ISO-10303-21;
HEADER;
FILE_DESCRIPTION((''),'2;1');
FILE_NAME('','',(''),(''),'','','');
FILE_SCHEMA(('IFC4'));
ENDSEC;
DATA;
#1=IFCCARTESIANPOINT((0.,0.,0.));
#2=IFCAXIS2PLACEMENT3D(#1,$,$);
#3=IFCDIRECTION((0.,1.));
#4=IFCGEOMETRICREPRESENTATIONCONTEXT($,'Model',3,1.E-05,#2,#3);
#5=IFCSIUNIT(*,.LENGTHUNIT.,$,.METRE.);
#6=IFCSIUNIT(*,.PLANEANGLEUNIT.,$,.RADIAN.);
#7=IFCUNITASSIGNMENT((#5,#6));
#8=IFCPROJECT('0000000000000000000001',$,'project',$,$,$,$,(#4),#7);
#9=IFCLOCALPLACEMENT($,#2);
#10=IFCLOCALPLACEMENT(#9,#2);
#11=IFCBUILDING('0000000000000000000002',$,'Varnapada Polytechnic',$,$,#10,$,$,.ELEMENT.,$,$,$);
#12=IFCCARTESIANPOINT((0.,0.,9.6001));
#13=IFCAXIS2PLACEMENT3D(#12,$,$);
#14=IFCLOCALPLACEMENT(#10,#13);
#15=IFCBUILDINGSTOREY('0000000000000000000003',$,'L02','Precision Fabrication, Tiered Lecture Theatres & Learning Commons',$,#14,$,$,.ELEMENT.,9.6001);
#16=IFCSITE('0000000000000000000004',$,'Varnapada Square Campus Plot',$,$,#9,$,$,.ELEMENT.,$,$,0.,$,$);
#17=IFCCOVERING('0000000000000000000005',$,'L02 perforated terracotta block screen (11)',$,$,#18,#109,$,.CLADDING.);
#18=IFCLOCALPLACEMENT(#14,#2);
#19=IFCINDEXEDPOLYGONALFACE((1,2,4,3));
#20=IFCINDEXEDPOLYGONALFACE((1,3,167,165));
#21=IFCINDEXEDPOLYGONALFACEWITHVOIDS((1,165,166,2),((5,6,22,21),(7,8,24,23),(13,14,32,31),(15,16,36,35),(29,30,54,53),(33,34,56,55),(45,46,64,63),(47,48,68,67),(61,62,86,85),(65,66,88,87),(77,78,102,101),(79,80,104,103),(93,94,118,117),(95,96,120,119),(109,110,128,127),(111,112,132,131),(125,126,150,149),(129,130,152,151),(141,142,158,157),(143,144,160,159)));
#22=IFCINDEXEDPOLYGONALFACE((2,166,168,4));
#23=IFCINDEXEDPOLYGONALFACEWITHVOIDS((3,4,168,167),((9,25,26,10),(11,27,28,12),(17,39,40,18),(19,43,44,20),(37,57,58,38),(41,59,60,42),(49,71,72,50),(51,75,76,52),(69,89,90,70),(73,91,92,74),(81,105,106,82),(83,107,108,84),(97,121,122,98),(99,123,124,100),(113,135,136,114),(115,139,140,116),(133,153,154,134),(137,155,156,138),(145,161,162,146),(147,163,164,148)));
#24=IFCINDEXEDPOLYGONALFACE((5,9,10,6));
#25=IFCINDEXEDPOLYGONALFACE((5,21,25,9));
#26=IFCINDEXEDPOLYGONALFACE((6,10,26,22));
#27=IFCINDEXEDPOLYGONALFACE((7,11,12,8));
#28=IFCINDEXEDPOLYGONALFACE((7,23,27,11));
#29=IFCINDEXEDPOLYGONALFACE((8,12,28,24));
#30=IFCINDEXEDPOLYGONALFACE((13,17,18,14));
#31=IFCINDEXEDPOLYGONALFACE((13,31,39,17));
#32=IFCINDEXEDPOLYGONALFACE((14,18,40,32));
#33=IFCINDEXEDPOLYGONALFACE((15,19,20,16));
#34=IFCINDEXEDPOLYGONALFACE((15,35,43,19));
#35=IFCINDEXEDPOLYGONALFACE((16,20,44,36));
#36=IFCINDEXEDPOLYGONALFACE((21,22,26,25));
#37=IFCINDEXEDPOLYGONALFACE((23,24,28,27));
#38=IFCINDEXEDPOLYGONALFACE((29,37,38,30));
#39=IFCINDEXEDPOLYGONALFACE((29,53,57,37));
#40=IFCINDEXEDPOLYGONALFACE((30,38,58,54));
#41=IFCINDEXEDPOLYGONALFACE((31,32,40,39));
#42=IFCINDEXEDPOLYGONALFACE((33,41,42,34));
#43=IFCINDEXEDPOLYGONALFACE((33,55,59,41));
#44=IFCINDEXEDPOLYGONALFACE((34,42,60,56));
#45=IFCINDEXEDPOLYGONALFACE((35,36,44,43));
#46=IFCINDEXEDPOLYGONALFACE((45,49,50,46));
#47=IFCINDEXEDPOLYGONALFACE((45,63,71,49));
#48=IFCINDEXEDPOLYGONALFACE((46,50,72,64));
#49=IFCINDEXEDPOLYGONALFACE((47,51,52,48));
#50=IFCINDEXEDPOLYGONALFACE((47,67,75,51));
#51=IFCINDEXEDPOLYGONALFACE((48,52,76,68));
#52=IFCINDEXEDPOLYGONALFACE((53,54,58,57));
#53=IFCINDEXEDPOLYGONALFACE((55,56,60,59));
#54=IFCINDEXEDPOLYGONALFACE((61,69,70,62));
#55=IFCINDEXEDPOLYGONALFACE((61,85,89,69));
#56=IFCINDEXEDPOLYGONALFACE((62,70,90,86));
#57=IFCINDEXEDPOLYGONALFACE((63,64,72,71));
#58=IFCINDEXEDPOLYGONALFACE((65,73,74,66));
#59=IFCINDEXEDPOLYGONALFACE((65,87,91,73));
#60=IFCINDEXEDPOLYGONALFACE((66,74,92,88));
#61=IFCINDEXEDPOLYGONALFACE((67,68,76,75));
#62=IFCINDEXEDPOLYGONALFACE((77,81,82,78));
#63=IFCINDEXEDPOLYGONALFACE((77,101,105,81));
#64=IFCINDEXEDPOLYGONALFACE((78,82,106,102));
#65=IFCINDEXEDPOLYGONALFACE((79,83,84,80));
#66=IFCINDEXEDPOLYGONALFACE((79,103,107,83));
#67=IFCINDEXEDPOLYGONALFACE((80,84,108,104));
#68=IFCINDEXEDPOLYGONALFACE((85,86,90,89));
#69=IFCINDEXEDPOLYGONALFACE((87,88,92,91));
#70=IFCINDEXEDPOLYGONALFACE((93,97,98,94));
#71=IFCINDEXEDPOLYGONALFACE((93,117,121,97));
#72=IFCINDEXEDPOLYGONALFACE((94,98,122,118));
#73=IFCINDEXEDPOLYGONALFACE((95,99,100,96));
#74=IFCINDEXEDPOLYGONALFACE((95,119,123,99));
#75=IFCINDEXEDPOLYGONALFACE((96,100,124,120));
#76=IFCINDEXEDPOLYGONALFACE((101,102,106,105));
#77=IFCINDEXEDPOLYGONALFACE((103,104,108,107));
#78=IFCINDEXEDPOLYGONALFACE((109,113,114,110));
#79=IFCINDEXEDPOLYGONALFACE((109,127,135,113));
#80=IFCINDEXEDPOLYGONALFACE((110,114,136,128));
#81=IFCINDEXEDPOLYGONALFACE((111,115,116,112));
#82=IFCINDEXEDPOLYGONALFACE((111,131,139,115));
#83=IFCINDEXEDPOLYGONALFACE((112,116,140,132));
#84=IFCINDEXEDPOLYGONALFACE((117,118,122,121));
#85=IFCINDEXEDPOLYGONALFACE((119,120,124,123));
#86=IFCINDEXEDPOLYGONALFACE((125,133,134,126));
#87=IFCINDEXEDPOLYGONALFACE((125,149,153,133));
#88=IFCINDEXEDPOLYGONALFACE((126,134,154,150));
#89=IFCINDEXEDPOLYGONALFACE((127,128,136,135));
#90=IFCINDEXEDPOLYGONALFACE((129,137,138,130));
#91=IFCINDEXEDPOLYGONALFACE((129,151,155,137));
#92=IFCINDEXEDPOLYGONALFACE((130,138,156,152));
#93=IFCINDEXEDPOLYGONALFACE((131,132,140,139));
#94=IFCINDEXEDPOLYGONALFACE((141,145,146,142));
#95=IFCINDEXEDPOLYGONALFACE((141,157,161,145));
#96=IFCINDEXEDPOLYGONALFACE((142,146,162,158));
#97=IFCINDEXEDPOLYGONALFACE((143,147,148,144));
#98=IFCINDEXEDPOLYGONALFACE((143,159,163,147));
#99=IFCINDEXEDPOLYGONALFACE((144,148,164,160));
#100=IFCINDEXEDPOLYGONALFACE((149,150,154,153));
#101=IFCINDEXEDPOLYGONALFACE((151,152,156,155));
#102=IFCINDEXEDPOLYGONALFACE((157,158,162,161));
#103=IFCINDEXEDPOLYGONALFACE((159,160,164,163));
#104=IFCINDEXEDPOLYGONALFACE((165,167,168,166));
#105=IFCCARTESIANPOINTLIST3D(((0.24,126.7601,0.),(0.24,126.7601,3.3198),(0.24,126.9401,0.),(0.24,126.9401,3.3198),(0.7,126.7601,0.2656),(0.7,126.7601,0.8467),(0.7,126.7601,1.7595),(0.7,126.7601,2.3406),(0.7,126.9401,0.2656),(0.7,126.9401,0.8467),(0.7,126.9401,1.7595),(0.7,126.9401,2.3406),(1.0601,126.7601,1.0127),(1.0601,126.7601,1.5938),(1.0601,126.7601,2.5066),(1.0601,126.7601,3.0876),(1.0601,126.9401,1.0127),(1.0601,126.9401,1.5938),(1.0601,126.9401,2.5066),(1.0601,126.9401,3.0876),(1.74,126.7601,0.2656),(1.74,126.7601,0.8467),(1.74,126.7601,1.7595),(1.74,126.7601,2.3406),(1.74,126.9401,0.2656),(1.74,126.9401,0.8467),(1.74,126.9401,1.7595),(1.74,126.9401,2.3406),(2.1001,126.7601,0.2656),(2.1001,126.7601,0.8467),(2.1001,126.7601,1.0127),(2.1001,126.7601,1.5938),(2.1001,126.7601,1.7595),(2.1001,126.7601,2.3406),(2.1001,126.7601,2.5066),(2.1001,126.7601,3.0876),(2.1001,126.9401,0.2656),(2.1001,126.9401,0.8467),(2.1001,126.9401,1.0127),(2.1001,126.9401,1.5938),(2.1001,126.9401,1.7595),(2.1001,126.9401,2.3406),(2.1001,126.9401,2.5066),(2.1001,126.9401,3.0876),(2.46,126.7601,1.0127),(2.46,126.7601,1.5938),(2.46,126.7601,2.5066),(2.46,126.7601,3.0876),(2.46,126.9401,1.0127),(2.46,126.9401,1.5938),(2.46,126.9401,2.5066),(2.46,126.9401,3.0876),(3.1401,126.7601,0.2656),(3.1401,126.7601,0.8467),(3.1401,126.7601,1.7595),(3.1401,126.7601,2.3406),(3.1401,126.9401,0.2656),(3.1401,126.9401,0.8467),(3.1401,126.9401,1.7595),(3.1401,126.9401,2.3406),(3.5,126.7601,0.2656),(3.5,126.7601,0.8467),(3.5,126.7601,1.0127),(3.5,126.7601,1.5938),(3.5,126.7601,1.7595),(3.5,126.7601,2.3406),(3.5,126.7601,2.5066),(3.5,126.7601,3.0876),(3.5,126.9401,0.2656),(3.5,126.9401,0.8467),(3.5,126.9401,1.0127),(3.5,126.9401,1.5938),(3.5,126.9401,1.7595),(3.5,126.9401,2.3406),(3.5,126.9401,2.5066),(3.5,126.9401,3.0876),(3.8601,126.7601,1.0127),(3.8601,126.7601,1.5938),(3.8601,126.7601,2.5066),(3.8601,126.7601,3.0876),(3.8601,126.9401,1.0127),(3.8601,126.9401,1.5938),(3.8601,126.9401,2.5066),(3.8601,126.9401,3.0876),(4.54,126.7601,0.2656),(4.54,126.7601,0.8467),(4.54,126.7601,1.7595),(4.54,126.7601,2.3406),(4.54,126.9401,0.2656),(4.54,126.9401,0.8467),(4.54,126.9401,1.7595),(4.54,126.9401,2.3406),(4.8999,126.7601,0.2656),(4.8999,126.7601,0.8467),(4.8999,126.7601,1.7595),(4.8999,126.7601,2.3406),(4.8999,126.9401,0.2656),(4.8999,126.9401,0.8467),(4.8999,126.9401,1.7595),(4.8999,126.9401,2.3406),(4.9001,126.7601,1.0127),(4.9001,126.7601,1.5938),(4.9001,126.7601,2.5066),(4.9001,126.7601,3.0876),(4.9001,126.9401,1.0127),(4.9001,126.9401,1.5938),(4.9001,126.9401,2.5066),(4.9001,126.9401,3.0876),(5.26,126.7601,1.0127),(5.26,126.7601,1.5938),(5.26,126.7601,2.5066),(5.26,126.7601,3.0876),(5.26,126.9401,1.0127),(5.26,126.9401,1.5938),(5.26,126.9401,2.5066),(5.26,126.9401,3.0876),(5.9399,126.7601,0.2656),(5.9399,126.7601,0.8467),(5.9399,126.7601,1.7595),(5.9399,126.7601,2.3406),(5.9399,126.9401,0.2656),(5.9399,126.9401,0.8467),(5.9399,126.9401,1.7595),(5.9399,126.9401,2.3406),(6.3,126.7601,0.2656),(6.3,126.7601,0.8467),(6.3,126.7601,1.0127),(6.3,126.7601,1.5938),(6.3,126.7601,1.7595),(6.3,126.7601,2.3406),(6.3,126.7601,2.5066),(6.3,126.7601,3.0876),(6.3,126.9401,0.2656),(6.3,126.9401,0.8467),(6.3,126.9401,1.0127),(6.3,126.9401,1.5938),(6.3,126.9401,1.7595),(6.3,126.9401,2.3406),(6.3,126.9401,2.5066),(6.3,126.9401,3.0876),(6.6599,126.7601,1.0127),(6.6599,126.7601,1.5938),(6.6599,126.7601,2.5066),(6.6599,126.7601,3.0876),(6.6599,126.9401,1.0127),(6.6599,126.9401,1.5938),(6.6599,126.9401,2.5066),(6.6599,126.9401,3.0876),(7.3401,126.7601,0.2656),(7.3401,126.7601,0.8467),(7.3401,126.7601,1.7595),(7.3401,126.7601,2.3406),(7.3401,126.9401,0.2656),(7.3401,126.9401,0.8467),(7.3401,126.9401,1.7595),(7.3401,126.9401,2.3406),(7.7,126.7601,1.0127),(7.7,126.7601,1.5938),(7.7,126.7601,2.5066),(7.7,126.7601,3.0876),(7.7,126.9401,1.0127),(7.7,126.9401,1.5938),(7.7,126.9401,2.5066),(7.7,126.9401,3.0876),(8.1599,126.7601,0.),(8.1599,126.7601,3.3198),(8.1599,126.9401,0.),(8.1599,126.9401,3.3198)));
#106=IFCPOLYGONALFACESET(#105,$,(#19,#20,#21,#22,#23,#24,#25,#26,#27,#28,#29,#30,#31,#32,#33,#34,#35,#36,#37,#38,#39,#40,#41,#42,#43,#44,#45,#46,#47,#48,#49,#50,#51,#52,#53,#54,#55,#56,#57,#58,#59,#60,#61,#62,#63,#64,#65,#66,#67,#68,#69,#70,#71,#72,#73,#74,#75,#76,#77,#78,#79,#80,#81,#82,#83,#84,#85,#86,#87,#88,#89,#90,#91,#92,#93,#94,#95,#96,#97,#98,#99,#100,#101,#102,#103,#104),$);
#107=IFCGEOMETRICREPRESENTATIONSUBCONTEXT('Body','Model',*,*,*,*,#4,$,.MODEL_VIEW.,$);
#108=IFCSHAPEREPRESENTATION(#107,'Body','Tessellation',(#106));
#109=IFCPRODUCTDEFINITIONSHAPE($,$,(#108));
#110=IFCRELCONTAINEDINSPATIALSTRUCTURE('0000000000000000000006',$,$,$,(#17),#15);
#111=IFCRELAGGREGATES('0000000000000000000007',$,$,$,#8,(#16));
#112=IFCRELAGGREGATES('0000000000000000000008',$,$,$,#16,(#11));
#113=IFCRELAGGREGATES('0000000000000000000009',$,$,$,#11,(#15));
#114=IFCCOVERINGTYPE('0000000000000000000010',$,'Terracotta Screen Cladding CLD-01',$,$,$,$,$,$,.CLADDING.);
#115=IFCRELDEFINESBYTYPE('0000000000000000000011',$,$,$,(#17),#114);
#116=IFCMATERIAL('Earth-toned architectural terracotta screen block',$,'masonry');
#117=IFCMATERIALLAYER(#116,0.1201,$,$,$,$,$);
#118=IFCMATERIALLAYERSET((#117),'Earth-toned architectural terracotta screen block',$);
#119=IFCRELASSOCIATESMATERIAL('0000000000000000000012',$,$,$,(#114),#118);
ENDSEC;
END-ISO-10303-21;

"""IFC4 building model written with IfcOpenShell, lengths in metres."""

from ifc_helpers import new_model, si_unit, direction, frame, frame_2d, origin, place, context, subcontext, project, spatial, rectangle, extrude, material, layer, layer_set, type_object, element, save


model = new_model("IFC4")

# Units and contexts
model_context = context("Model", 3, precision=1e-05, world=origin(), true_north=direction((0.0, 1.0)))
body_context = subcontext(model_context, "Body", "Model", "MODEL_VIEW")
ifc_project = project(units=[si_unit("LENGTHUNIT", "METRE"), si_unit("PLANEANGLEUNIT", "RADIAN")], contexts=[model_context])

# Site, building, storey
site_placement = place(None, origin())
site = spatial("IfcSite", under=ifc_project, at=site_placement, Name="Varnapada Square Campus Plot", CompositionType="ELEMENT", RefElevation=0.0)
building_placement = place(site_placement, origin())
building = spatial("IfcBuilding", under=site, at=building_placement, Name="Varnapada Polytechnic", CompositionType="ELEMENT")
storey_placement = place(building_placement, frame((0.0, 0.0, 9.6001)))
storey = spatial("IfcBuildingStorey", under=building, at=storey_placement, Name="L02", Description="Precision Fabrication, Tiered Lecture Theatres & Learning Commons", CompositionType="ELEMENT", Elevation=9.6001)

# Covering, openings
ifc_material_1 = material(Name="Earth-toned architectural terracotta screen block", Category="masonry")
ifc_layer_1 = layer(ifc_material_1, 0.1201)
ifc_layer_set_1 = layer_set([ifc_layer_1], Name="Earth-toned architectural terracotta screen block")
covering_type = type_object("IfcCoveringType", Name="Terracotta Screen Cladding CLD-01", PredefinedType="CLADDING", material=ifc_layer_set_1)
covering_placement = place(storey_placement, frame((0.24, 126.8501, 0.0), z_axis=(0.0, 0.0, 1.0), x_axis=(1.0, 0.0, 0.0)))
covering = element("IfcCovering", 1, at=covering_placement, inside=storey, type_object=covering_type, Name="L02 perforated terracotta block screen (11)", PredefinedType="CLADDING", context=body_context, shape_type="SweptSolid", body=[
    extrude(rectangle(XDim=7.9199, YDim=0.1799, at=frame_2d((3.96, 0.0))), origin(), (0.0, 0.0, 1.0), 3.3198),
])
opening_1_placement = place(covering_placement, frame((0.46, 0.0, 0.2656)))
element("IfcOpeningElement", 2, at=opening_1_placement, cuts=covering, PredefinedType="OPENING", context=body_context, shape_type="SweptSolid", body=[
    extrude(rectangle(XDim=1.04, YDim=0.5811, at=frame_2d((0.52, 0.2905))), frame((0.0, 0.0999, 0.0), z_axis=(0.0, -1.0, 0.0), x_axis=(1.0, 0.0, 0.0)), (0.0, 0.0, 1.0), 0.2),
])
opening_2_placement = place(covering_placement, frame((1.8601, 0.0, 0.2656)))
element("IfcOpeningElement", 3, at=opening_2_placement, cuts=covering, PredefinedType="OPENING", context=body_context, shape_type="SweptSolid", body=[
    extrude(rectangle(XDim=1.04, YDim=0.5811, at=frame_2d((0.52, 0.2905))), frame((0.0, 0.0999, 0.0), z_axis=(0.0, -1.0, 0.0), x_axis=(1.0, 0.0, 0.0)), (0.0, 0.0, 1.0), 0.2),
])
opening_3_placement = place(covering_placement, frame((3.26, 0.0, 0.2656)))
element("IfcOpeningElement", 4, at=opening_3_placement, cuts=covering, PredefinedType="OPENING", context=body_context, shape_type="SweptSolid", body=[
    extrude(rectangle(XDim=1.04, YDim=0.5811, at=frame_2d((0.52, 0.2905))), frame((0.0, 0.0999, 0.0), z_axis=(0.0, -1.0, 0.0), x_axis=(1.0, 0.0, 0.0)), (0.0, 0.0, 1.0), 0.2),
])
opening_4_placement = place(covering_placement, frame((4.6599, 0.0, 0.2656)))
element("IfcOpeningElement", 5, at=opening_4_placement, cuts=covering, PredefinedType="OPENING", context=body_context, shape_type="SweptSolid", body=[
    extrude(rectangle(XDim=1.04, YDim=0.5811, at=frame_2d((0.52, 0.2905))), frame((0.0, 0.0999, 0.0), z_axis=(0.0, -1.0, 0.0), x_axis=(1.0, 0.0, 0.0)), (0.0, 0.0, 1.0), 0.2),
])
opening_5_placement = place(covering_placement, frame((6.0601, 0.0, 0.2656)))
element("IfcOpeningElement", 6, at=opening_5_placement, cuts=covering, PredefinedType="OPENING", context=body_context, shape_type="SweptSolid", body=[
    extrude(rectangle(XDim=1.04, YDim=0.5811, at=frame_2d((0.52, 0.2905))), frame((0.0, 0.0999, 0.0), z_axis=(0.0, -1.0, 0.0), x_axis=(1.0, 0.0, 0.0)), (0.0, 0.0, 1.0), 0.2),
])
opening_6_placement = place(covering_placement, frame((0.8201, 0.0, 1.0127)))
element("IfcOpeningElement", 7, at=opening_6_placement, cuts=covering, PredefinedType="OPENING", context=body_context, shape_type="SweptSolid", body=[
    extrude(rectangle(XDim=1.04, YDim=0.5811, at=frame_2d((0.52, 0.2905))), frame((0.0, 0.0999, 0.0), z_axis=(0.0, -1.0, 0.0), x_axis=(1.0, 0.0, 0.0)), (0.0, 0.0, 1.0), 0.2),
])
opening_7_placement = place(covering_placement, frame((2.22, 0.0, 1.0127)))
element("IfcOpeningElement", 8, at=opening_7_placement, cuts=covering, PredefinedType="OPENING", context=body_context, shape_type="SweptSolid", body=[
    extrude(rectangle(XDim=1.04, YDim=0.5811, at=frame_2d((0.52, 0.2905))), frame((0.0, 0.0999, 0.0), z_axis=(0.0, -1.0, 0.0), x_axis=(1.0, 0.0, 0.0)), (0.0, 0.0, 1.0), 0.2),
])
opening_8_placement = place(covering_placement, frame((3.6201, 0.0, 1.0127)))
element("IfcOpeningElement", 9, at=opening_8_placement, cuts=covering, PredefinedType="OPENING", context=body_context, shape_type="SweptSolid", body=[
    extrude(rectangle(XDim=1.04, YDim=0.5811, at=frame_2d((0.52, 0.2905))), frame((0.0, 0.0999, 0.0), z_axis=(0.0, -1.0, 0.0), x_axis=(1.0, 0.0, 0.0)), (0.0, 0.0, 1.0), 0.2),
])
opening_9_placement = place(covering_placement, frame((5.02, 0.0, 1.0127)))
element("IfcOpeningElement", 10, at=opening_9_placement, cuts=covering, PredefinedType="OPENING", context=body_context, shape_type="SweptSolid", body=[
    extrude(rectangle(XDim=1.04, YDim=0.5811, at=frame_2d((0.52, 0.2905))), frame((0.0, 0.0999, 0.0), z_axis=(0.0, -1.0, 0.0), x_axis=(1.0, 0.0, 0.0)), (0.0, 0.0, 1.0), 0.2),
])
opening_10_placement = place(covering_placement, frame((6.4199, 0.0, 1.0127)))
element("IfcOpeningElement", 11, at=opening_10_placement, cuts=covering, PredefinedType="OPENING", context=body_context, shape_type="SweptSolid", body=[
    extrude(rectangle(XDim=1.04, YDim=0.5811, at=frame_2d((0.52, 0.2905))), frame((0.0, 0.0999, 0.0), z_axis=(0.0, -1.0, 0.0), x_axis=(1.0, 0.0, 0.0)), (0.0, 0.0, 1.0), 0.2),
])
opening_11_placement = place(covering_placement, frame((0.46, 0.0, 1.7595)))
element("IfcOpeningElement", 12, at=opening_11_placement, cuts=covering, PredefinedType="OPENING", context=body_context, shape_type="SweptSolid", body=[
    extrude(rectangle(XDim=1.04, YDim=0.5811, at=frame_2d((0.52, 0.2905))), frame((0.0, 0.0999, 0.0), z_axis=(0.0, -1.0, 0.0), x_axis=(1.0, 0.0, 0.0)), (0.0, 0.0, 1.0), 0.2),
])
opening_12_placement = place(covering_placement, frame((1.8601, 0.0, 1.7595)))
element("IfcOpeningElement", 13, at=opening_12_placement, cuts=covering, PredefinedType="OPENING", context=body_context, shape_type="SweptSolid", body=[
    extrude(rectangle(XDim=1.04, YDim=0.5811, at=frame_2d((0.52, 0.2905))), frame((0.0, 0.0999, 0.0), z_axis=(0.0, -1.0, 0.0), x_axis=(1.0, 0.0, 0.0)), (0.0, 0.0, 1.0), 0.2),
])
opening_13_placement = place(covering_placement, frame((3.26, 0.0, 1.7595)))
element("IfcOpeningElement", 14, at=opening_13_placement, cuts=covering, PredefinedType="OPENING", context=body_context, shape_type="SweptSolid", body=[
    extrude(rectangle(XDim=1.04, YDim=0.5811, at=frame_2d((0.52, 0.2905))), frame((0.0, 0.0999, 0.0), z_axis=(0.0, -1.0, 0.0), x_axis=(1.0, 0.0, 0.0)), (0.0, 0.0, 1.0), 0.2),
])
opening_14_placement = place(covering_placement, frame((4.6599, 0.0, 1.7595)))
element("IfcOpeningElement", 15, at=opening_14_placement, cuts=covering, PredefinedType="OPENING", context=body_context, shape_type="SweptSolid", body=[
    extrude(rectangle(XDim=1.04, YDim=0.5811, at=frame_2d((0.52, 0.2905))), frame((0.0, 0.0999, 0.0), z_axis=(0.0, -1.0, 0.0), x_axis=(1.0, 0.0, 0.0)), (0.0, 0.0, 1.0), 0.2),
])
opening_15_placement = place(covering_placement, frame((6.0601, 0.0, 1.7595)))
element("IfcOpeningElement", 16, at=opening_15_placement, cuts=covering, PredefinedType="OPENING", context=body_context, shape_type="SweptSolid", body=[
    extrude(rectangle(XDim=1.04, YDim=0.5811, at=frame_2d((0.52, 0.2905))), frame((0.0, 0.0999, 0.0), z_axis=(0.0, -1.0, 0.0), x_axis=(1.0, 0.0, 0.0)), (0.0, 0.0, 1.0), 0.2),
])
opening_16_placement = place(covering_placement, frame((0.8201, 0.0, 2.5066)))
element("IfcOpeningElement", 17, at=opening_16_placement, cuts=covering, PredefinedType="OPENING", context=body_context, shape_type="SweptSolid", body=[
    extrude(rectangle(XDim=1.04, YDim=0.5811, at=frame_2d((0.52, 0.2905))), frame((0.0, 0.0999, 0.0), z_axis=(0.0, -1.0, 0.0), x_axis=(1.0, 0.0, 0.0)), (0.0, 0.0, 1.0), 0.2),
])
opening_17_placement = place(covering_placement, frame((2.22, 0.0, 2.5066)))
element("IfcOpeningElement", 18, at=opening_17_placement, cuts=covering, PredefinedType="OPENING", context=body_context, shape_type="SweptSolid", body=[
    extrude(rectangle(XDim=1.04, YDim=0.5811, at=frame_2d((0.52, 0.2905))), frame((0.0, 0.0999, 0.0), z_axis=(0.0, -1.0, 0.0), x_axis=(1.0, 0.0, 0.0)), (0.0, 0.0, 1.0), 0.2),
])
opening_18_placement = place(covering_placement, frame((3.6201, 0.0, 2.5066)))
element("IfcOpeningElement", 19, at=opening_18_placement, cuts=covering, PredefinedType="OPENING", context=body_context, shape_type="SweptSolid", body=[
    extrude(rectangle(XDim=1.04, YDim=0.5811, at=frame_2d((0.52, 0.2905))), frame((0.0, 0.0999, 0.0), z_axis=(0.0, -1.0, 0.0), x_axis=(1.0, 0.0, 0.0)), (0.0, 0.0, 1.0), 0.2),
])
opening_19_placement = place(covering_placement, frame((5.02, 0.0, 2.5066)))
element("IfcOpeningElement", 20, at=opening_19_placement, cuts=covering, PredefinedType="OPENING", context=body_context, shape_type="SweptSolid", body=[
    extrude(rectangle(XDim=1.04, YDim=0.5811, at=frame_2d((0.52, 0.2905))), frame((0.0, 0.0999, 0.0), z_axis=(0.0, -1.0, 0.0), x_axis=(1.0, 0.0, 0.0)), (0.0, 0.0, 1.0), 0.2),
])
opening_20_placement = place(covering_placement, frame((6.4199, 0.0, 2.5066)))
element("IfcOpeningElement", 21, at=opening_20_placement, cuts=covering, PredefinedType="OPENING", context=body_context, shape_type="SweptSolid", body=[
    extrude(rectangle(XDim=1.04, YDim=0.5811, at=frame_2d((0.52, 0.2905))), frame((0.0, 0.0999, 0.0), z_axis=(0.0, -1.0, 0.0), x_axis=(1.0, 0.0, 0.0)), (0.0, 0.0, 1.0), 0.2),
])

save(model, "model.ifc")
